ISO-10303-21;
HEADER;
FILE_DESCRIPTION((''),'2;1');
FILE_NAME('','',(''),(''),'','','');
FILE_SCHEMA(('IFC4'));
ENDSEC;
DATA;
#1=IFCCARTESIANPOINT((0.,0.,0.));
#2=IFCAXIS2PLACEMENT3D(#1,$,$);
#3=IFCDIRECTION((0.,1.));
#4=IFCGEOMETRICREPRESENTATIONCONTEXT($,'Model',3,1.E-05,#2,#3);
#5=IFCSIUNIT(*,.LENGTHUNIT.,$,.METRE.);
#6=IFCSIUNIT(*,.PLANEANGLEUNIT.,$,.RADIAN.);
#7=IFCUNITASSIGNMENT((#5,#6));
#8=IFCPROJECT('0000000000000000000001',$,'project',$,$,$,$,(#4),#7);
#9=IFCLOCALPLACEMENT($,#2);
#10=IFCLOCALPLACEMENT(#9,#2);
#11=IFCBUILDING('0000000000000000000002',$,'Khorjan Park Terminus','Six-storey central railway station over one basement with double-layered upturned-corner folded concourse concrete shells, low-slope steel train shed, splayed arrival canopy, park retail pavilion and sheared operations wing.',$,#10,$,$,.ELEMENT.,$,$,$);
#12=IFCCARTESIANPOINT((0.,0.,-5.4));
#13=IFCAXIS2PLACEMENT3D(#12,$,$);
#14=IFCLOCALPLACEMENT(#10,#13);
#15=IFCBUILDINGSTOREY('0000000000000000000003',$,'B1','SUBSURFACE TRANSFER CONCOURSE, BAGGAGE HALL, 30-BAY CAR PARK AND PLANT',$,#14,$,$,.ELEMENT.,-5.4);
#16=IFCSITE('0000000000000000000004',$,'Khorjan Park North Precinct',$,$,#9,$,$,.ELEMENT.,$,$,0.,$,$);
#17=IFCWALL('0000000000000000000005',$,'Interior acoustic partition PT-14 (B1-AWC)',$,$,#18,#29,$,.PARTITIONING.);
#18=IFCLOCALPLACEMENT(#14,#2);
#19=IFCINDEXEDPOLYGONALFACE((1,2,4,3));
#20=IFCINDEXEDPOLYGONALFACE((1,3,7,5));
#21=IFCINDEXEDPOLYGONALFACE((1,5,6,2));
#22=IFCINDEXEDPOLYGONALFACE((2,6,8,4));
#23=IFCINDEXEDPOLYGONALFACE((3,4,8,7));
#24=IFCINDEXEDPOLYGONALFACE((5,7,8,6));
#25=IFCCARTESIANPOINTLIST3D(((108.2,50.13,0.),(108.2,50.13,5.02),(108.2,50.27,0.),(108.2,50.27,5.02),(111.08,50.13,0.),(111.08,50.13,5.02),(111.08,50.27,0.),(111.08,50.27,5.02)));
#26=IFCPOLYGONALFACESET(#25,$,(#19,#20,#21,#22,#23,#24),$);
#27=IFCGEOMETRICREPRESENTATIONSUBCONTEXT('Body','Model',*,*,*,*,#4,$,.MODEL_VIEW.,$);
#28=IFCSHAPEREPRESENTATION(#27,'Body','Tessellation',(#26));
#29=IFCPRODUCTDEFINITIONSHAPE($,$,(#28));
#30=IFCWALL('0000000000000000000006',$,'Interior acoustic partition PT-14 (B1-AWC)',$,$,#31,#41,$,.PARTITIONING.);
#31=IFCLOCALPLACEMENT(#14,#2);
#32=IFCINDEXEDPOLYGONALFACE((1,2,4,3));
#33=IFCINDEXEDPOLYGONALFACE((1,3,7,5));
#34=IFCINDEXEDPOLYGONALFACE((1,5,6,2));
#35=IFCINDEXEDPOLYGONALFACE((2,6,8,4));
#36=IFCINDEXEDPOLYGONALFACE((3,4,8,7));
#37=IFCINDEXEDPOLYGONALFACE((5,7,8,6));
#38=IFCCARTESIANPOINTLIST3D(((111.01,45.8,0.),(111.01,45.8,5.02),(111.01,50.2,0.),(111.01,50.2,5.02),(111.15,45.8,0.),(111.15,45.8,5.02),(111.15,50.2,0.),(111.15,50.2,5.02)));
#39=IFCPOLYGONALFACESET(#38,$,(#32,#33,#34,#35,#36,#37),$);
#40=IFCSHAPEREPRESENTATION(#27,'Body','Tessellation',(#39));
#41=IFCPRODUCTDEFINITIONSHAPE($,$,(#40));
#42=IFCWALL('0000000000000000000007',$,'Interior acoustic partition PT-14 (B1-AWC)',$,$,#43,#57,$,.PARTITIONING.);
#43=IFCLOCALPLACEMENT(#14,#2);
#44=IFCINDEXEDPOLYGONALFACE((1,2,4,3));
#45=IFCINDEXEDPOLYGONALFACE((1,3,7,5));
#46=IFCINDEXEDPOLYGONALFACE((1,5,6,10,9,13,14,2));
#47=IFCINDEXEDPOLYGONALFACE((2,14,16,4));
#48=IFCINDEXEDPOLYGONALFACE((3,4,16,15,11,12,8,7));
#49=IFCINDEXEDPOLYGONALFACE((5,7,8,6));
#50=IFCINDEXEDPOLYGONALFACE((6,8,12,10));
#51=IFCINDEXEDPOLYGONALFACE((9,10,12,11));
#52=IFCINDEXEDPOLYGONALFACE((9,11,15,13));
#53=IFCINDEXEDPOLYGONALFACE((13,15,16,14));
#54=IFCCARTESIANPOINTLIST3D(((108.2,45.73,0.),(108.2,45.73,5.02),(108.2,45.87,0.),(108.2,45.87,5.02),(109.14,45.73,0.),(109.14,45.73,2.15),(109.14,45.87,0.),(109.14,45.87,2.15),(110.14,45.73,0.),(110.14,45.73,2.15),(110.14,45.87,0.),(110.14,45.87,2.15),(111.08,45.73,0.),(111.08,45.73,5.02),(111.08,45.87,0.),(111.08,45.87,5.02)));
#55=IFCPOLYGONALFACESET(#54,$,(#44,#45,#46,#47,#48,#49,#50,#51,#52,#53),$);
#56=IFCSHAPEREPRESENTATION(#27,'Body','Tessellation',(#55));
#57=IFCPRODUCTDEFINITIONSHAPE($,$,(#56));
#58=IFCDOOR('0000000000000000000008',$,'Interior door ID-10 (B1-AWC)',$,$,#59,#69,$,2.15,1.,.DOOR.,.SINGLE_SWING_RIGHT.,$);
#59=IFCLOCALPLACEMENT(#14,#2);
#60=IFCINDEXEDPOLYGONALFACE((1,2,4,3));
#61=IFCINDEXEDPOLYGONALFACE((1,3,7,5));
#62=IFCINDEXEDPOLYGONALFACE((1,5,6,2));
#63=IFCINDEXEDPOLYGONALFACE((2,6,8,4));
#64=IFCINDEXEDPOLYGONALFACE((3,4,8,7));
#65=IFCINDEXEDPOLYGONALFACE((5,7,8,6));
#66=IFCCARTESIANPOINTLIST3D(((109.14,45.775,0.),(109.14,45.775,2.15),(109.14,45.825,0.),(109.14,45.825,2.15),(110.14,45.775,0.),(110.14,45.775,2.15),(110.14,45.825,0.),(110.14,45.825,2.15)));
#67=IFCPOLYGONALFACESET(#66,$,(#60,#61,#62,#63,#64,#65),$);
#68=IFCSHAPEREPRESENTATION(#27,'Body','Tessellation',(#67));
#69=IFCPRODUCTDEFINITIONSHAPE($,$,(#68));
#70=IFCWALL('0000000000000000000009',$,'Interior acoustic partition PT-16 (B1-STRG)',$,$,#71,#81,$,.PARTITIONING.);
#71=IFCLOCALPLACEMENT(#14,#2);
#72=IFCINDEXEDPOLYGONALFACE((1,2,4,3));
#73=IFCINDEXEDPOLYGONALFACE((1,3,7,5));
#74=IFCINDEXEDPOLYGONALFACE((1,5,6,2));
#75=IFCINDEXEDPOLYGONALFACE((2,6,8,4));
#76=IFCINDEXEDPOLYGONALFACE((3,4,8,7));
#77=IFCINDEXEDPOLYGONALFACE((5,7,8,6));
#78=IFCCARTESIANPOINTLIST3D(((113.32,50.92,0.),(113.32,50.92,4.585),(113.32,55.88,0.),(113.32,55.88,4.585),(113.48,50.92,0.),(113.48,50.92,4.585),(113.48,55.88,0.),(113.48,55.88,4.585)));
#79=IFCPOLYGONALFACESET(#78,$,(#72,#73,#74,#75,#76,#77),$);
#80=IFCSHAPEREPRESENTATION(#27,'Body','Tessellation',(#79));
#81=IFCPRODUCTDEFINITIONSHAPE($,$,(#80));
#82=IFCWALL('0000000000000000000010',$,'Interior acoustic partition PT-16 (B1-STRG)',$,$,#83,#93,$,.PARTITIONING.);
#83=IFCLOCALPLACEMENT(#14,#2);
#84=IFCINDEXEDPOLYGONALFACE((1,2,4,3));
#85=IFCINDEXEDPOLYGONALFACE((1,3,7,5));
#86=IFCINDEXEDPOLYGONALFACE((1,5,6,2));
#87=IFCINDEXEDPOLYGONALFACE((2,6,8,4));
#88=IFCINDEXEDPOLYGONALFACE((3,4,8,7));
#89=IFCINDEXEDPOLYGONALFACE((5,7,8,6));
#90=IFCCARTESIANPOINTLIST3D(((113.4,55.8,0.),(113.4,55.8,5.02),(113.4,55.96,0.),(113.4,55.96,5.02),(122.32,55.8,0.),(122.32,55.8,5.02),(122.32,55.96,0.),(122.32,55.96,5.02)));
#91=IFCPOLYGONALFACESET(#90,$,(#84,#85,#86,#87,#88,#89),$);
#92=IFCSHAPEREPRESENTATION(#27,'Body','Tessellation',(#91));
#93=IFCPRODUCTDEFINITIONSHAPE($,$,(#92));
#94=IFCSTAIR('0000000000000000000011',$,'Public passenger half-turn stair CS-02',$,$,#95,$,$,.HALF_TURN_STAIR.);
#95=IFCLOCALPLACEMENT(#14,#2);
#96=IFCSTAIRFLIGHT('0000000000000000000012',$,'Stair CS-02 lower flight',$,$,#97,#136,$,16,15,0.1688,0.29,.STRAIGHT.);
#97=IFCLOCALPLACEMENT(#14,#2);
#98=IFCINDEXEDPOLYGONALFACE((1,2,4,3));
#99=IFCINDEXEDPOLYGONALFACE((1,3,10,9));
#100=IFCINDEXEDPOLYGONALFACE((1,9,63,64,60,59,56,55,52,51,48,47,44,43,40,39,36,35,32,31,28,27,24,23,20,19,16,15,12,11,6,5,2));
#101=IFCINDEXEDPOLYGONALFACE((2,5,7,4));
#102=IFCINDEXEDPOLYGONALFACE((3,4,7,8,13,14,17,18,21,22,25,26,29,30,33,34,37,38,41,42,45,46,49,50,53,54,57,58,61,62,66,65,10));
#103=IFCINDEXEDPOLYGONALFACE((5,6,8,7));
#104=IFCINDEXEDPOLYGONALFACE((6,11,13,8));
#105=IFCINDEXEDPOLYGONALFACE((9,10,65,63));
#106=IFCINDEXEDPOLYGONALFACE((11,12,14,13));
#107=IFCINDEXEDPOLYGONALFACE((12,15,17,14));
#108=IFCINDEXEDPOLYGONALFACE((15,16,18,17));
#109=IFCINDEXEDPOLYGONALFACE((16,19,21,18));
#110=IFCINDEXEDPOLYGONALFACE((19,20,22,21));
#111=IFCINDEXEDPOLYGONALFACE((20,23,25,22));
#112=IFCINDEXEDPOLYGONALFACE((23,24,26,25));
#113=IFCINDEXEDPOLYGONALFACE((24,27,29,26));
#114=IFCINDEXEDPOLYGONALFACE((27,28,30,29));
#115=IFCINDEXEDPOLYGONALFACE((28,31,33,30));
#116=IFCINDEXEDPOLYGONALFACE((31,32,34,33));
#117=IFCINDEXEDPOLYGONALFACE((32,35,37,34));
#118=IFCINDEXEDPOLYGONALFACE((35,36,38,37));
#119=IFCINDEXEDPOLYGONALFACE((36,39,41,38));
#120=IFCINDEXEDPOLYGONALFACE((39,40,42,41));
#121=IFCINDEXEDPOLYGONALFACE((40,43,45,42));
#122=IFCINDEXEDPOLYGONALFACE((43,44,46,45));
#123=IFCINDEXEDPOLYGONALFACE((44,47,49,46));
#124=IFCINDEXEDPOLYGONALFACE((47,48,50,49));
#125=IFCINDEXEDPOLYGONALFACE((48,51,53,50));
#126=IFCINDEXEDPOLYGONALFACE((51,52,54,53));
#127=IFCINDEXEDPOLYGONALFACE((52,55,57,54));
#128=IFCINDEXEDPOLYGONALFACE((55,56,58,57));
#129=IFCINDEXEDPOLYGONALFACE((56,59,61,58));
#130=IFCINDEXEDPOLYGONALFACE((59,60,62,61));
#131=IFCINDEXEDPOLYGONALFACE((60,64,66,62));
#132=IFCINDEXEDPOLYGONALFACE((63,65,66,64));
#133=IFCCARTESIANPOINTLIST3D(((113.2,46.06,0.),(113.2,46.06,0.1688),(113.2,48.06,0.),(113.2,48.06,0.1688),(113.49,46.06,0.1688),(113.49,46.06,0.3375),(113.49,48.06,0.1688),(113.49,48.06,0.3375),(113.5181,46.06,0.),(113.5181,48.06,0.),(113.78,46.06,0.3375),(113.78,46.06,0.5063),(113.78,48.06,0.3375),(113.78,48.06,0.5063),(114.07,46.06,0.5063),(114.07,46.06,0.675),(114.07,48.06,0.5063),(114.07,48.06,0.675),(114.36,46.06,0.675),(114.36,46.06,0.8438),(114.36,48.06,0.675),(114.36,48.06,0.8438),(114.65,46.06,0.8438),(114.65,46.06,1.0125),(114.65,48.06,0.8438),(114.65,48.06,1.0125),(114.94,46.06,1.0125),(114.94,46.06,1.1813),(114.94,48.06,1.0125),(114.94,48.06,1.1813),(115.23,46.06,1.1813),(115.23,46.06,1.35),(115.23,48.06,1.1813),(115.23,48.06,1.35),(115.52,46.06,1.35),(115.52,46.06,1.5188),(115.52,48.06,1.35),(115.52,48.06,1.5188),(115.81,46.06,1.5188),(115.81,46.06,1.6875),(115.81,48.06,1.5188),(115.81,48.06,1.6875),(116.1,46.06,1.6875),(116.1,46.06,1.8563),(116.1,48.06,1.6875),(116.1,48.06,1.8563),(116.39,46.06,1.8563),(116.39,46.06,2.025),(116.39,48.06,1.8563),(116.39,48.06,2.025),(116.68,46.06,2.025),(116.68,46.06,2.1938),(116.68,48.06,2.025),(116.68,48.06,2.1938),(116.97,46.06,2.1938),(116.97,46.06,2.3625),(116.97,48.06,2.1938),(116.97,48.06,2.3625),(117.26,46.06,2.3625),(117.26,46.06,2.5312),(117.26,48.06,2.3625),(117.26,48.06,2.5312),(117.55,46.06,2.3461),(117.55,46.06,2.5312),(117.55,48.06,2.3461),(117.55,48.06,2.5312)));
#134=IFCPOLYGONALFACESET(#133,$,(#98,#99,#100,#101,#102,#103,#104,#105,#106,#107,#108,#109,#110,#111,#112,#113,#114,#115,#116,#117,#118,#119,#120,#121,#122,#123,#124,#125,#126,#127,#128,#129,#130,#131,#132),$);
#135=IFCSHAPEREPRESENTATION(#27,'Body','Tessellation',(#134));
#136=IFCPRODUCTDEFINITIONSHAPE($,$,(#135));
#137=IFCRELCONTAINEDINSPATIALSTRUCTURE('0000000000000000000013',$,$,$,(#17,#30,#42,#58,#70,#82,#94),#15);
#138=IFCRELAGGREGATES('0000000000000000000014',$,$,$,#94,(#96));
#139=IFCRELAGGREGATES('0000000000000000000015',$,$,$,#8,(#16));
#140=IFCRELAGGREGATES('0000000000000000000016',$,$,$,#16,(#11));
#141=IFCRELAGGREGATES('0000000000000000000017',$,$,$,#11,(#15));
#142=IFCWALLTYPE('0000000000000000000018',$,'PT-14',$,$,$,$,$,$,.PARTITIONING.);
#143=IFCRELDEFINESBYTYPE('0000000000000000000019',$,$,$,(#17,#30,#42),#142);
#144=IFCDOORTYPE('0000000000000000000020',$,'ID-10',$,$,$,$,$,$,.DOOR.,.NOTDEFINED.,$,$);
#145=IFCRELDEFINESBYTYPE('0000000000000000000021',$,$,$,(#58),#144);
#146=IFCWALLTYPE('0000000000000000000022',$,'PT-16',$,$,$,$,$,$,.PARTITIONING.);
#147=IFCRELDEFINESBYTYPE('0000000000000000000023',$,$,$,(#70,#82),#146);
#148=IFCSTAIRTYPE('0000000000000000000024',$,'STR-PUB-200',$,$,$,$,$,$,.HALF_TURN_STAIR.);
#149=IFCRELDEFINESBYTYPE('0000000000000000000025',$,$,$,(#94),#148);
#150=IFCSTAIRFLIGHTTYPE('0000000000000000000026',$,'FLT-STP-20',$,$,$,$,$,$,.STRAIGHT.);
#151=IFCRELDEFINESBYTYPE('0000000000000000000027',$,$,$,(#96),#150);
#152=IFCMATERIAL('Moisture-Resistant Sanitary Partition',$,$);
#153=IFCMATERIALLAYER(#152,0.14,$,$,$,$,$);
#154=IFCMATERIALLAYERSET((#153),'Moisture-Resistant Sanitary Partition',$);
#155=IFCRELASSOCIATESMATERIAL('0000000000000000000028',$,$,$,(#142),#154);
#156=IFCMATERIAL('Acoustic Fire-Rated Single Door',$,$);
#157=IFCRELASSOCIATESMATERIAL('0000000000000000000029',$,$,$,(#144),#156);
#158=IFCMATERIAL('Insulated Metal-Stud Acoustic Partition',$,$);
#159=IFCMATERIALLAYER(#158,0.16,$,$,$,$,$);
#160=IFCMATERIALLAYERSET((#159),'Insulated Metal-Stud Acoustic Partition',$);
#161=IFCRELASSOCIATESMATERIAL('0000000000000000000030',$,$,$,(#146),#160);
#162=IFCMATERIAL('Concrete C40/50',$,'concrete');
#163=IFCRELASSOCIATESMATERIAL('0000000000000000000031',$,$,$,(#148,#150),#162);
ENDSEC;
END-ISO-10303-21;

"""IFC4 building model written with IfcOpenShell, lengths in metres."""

from ifc_helpers import new_model, si_unit, direction, frame, frame_2d, origin, place, context, subcontext, project, spatial, polyline, rectangle, outline, extrude, material, layer, layer_set, type_object, element, fill, aggregate, save


model = new_model("IFC4")

# Units and contexts
model_context = context("Model", 3, precision=1e-05, world=origin(), true_north=direction((0.0, 1.0)))
body_context = subcontext(model_context, "Body", "Model", "MODEL_VIEW")
ifc_project = project(units=[si_unit("LENGTHUNIT", "METRE"), si_unit("PLANEANGLEUNIT", "RADIAN")], contexts=[model_context])

# Site, building, storey
site_placement = place(None, origin())
site = spatial("IfcSite", under=ifc_project, at=site_placement, Name="Khorjan Park North Precinct", CompositionType="ELEMENT", RefElevation=0.0)
building_placement = place(site_placement, origin())
building = spatial("IfcBuilding", under=site, at=building_placement, Name="Khorjan Park Terminus", Description="Six-storey central railway station over one basement with double-layered upturned-corner folded concourse concrete shells, low-slope steel train shed, splayed arrival canopy, park retail pavilion and sheared operations wing.", CompositionType="ELEMENT")
storey_placement = place(building_placement, frame((0.0, 0.0, -5.4)))
storey = spatial("IfcBuildingStorey", under=building, at=storey_placement, Name="B1", Description="SUBSURFACE TRANSFER CONCOURSE, BAGGAGE HALL, 30-BAY CAR PARK AND PLANT", CompositionType="ELEMENT", Elevation=-5.4)

# Shared definitions
ifc_material_1 = material(Name="Concrete C40/50", Category="concrete")

# Shared definitions
ifc_material_2 = material(Name="Moisture-Resistant Sanitary Partition")
ifc_layer_1 = layer(ifc_material_2, 0.14)
ifc_layer_set_1 = layer_set([ifc_layer_1], Name="Moisture-Resistant Sanitary Partition")
wall_type_1 = type_object("IfcWallType", Name="PT-14", PredefinedType="PARTITIONING", material=ifc_layer_set_1)

# Shared definitions
ifc_material_3 = material(Name="Acoustic Fire-Rated Single Door")
door_type = type_object("IfcDoorType", Name="ID-10", OperationType="NOTDEFINED", PredefinedType="DOOR", material=ifc_material_3)

# Walls
wall_1_placement = place(storey_placement, frame((108.2, 50.2, 0.0), z_axis=(0.0, 0.0, 1.0), x_axis=(1.0, 0.0, 0.0)))
element("IfcWall", 1, at=wall_1_placement, inside=storey, type_object=wall_type_1, Name="Interior acoustic partition PT-14 (B1-AWC)", PredefinedType="PARTITIONING", context=body_context, shape_type="SweptSolid", body=[
    extrude(rectangle(XDim=2.88, YDim=0.14, at=frame_2d((1.44, 0.0))), origin(), (0.0, 0.0, 1.0), 5.02),
])
wall_2_placement = place(storey_placement, frame((111.08, 50.2, 0.0), z_axis=(0.0, 0.0, 1.0), x_axis=(0.0, -1.0, 0.0)))
element("IfcWall", 2, at=wall_2_placement, inside=storey, type_object=wall_type_1, Name="Interior acoustic partition PT-14 (B1-AWC)", PredefinedType="PARTITIONING", context=body_context, shape_type="SweptSolid", body=[
    extrude(rectangle(XDim=4.4, YDim=0.14, at=frame_2d((2.2, 0.0))), origin(), (0.0, 0.0, 1.0), 5.02),
])

# Wall, opening, door
wall_3_placement = place(storey_placement, frame((111.08, 45.8, 0.0), z_axis=(0.0, 0.0, 1.0), x_axis=(-1.0, 0.0, 0.0)))
wall_3 = element("IfcWall", 3, at=wall_3_placement, inside=storey, type_object=wall_type_1, Name="Interior acoustic partition PT-14 (B1-AWC)", PredefinedType="PARTITIONING", context=body_context, shape_type="SweptSolid", body=[
    extrude(rectangle(XDim=2.88, YDim=0.14, at=frame_2d((1.44, 0.0))), origin(), (0.0, 0.0, 1.0), 5.02),
])
opening_1_placement = place(wall_3_placement, frame((0.94, 0.0, 0.0)))
opening_1 = element("IfcOpeningElement", 4, at=opening_1_placement, cuts=wall_3, PredefinedType="OPENING", context=body_context, shape_type="SweptSolid", body=[
    extrude(rectangle(XDim=1.0, YDim=2.15, at=frame_2d((0.5, 1.075))), frame((0.0, 0.08, 0.0), z_axis=(0.0, -1.0, 0.0), x_axis=(1.0, 0.0, 0.0)), (0.0, 0.0, 1.0), 0.16),
])
door_1_placement = place(opening_1_placement, origin())
door_1 = element("IfcDoor", 5, at=door_1_placement, inside=storey, type_object=door_type, Name="Interior door ID-10 (B1-AWC)", OperationType="SINGLE_SWING_RIGHT", OverallHeight=2.15, OverallWidth=1.0, PredefinedType="DOOR", context=body_context, shape_type="SweptSolid", body=[
    extrude(rectangle(XDim=1.0, YDim=2.15, at=frame_2d((0.5, 1.075))), frame((0.0, 0.025, 0.0), z_axis=(0.0, -1.0, 0.0), x_axis=(1.0, 0.0, 0.0)), (0.0, 0.0, 1.0), 0.05),
])
fill(opening_1, door_1)

# Walls
ifc_material_4 = material(Name="Insulated Metal-Stud Acoustic Partition")
ifc_layer_2 = layer(ifc_material_4, 0.16)
ifc_layer_set_2 = layer_set([ifc_layer_2], Name="Insulated Metal-Stud Acoustic Partition")
wall_type_2 = type_object("IfcWallType", Name="PT-16", PredefinedType="PARTITIONING", material=ifc_layer_set_2)
wall_4_placement = place(storey_placement, frame((113.4, 50.92, 0.0), z_axis=(0.0, 0.0, 1.0), x_axis=(0.0, 1.0, 0.0)))
element("IfcWall", 6, at=wall_4_placement, inside=storey, type_object=wall_type_2, Name="Interior acoustic partition PT-16 (B1-STRG)", PredefinedType="PARTITIONING", context=body_context, shape_type="SweptSolid", body=[
    extrude(rectangle(XDim=4.96, YDim=0.16, at=frame_2d((2.48, 0.0))), origin(), (0.0, 0.0, 1.0), 4.585),
])
wall_5_placement = place(storey_placement, frame((113.4, 55.88, 0.0), z_axis=(0.0, 0.0, 1.0), x_axis=(1.0, 0.0, 0.0)))
element("IfcWall", 7, at=wall_5_placement, inside=storey, type_object=wall_type_2, Name="Interior acoustic partition PT-16 (B1-STRG)", PredefinedType="PARTITIONING", context=body_context, shape_type="SweptSolid", body=[
    extrude(rectangle(XDim=8.92, YDim=0.16, at=frame_2d((4.46, 0.0))), origin(), (0.0, 0.0, 1.0), 5.02),
])

# Stair, stair flight
stair_type = type_object("IfcStairType", Name="STR-PUB-200", PredefinedType="HALF_TURN_STAIR", material=ifc_material_1)
stair_placement = place(storey_placement, origin())
stair = element("IfcStair", 8, at=stair_placement, inside=storey, type_object=stair_type, Name="Public passenger half-turn stair CS-02", PredefinedType="HALF_TURN_STAIR")
stair_flight_type = type_object("IfcStairFlightType", Name="FLT-STP-20", PredefinedType="STRAIGHT", material=ifc_material_1)
stair_flight_placement = place(storey_placement, frame((113.2, 47.06, 0.0), z_axis=(0.0, 0.0, 1.0), x_axis=(1.0, 0.0, 0.0)))
stair_flight = element("IfcStairFlight", 9, at=stair_flight_placement, type_object=stair_flight_type, Name="Stair CS-02 lower flight", NumberOfRisers=16, NumberOfTreads=15, PredefinedType="STRAIGHT", RiserHeight=0.1688, TreadLength=0.29, context=body_context, shape_type="SweptSolid", body=[
    extrude(outline(polyline([(0.0, 0.0), (0.0, 0.1688), (0.29, 0.1688), (0.29, 0.3375), (0.58, 0.3375), (0.58, 0.5063), (0.87, 0.5063), (0.87, 0.675), (1.16, 0.675), (1.16, 0.8438), (1.45, 0.8438), (1.45, 1.0125), (1.74, 1.0125), (1.74, 1.1813), (2.03, 1.1813), (2.03, 1.35), (2.32, 1.35), (2.32, 1.5188), (2.61, 1.5188), (2.61, 1.6875), (2.9, 1.6875), (2.9, 1.8563), (3.19, 1.8563), (3.19, 2.025), (3.48, 2.025), (3.48, 2.1938), (3.77, 2.1938), (3.77, 2.3625), (4.06, 2.3625), (4.06, 2.5312), (4.35, 2.5312), (4.35, 2.7), (4.35, 2.3461), (0.3181, 0.0), (0.0, 0.0)])), frame((0.0, 1.0, 0.0), z_axis=(0.0, -1.0, 0.0), x_axis=(1.0, 0.0, 0.0)), (0.0, 0.0, 1.0), 2.0),
])
aggregate(stair, [stair_flight])

save(model, "model.ifc")
